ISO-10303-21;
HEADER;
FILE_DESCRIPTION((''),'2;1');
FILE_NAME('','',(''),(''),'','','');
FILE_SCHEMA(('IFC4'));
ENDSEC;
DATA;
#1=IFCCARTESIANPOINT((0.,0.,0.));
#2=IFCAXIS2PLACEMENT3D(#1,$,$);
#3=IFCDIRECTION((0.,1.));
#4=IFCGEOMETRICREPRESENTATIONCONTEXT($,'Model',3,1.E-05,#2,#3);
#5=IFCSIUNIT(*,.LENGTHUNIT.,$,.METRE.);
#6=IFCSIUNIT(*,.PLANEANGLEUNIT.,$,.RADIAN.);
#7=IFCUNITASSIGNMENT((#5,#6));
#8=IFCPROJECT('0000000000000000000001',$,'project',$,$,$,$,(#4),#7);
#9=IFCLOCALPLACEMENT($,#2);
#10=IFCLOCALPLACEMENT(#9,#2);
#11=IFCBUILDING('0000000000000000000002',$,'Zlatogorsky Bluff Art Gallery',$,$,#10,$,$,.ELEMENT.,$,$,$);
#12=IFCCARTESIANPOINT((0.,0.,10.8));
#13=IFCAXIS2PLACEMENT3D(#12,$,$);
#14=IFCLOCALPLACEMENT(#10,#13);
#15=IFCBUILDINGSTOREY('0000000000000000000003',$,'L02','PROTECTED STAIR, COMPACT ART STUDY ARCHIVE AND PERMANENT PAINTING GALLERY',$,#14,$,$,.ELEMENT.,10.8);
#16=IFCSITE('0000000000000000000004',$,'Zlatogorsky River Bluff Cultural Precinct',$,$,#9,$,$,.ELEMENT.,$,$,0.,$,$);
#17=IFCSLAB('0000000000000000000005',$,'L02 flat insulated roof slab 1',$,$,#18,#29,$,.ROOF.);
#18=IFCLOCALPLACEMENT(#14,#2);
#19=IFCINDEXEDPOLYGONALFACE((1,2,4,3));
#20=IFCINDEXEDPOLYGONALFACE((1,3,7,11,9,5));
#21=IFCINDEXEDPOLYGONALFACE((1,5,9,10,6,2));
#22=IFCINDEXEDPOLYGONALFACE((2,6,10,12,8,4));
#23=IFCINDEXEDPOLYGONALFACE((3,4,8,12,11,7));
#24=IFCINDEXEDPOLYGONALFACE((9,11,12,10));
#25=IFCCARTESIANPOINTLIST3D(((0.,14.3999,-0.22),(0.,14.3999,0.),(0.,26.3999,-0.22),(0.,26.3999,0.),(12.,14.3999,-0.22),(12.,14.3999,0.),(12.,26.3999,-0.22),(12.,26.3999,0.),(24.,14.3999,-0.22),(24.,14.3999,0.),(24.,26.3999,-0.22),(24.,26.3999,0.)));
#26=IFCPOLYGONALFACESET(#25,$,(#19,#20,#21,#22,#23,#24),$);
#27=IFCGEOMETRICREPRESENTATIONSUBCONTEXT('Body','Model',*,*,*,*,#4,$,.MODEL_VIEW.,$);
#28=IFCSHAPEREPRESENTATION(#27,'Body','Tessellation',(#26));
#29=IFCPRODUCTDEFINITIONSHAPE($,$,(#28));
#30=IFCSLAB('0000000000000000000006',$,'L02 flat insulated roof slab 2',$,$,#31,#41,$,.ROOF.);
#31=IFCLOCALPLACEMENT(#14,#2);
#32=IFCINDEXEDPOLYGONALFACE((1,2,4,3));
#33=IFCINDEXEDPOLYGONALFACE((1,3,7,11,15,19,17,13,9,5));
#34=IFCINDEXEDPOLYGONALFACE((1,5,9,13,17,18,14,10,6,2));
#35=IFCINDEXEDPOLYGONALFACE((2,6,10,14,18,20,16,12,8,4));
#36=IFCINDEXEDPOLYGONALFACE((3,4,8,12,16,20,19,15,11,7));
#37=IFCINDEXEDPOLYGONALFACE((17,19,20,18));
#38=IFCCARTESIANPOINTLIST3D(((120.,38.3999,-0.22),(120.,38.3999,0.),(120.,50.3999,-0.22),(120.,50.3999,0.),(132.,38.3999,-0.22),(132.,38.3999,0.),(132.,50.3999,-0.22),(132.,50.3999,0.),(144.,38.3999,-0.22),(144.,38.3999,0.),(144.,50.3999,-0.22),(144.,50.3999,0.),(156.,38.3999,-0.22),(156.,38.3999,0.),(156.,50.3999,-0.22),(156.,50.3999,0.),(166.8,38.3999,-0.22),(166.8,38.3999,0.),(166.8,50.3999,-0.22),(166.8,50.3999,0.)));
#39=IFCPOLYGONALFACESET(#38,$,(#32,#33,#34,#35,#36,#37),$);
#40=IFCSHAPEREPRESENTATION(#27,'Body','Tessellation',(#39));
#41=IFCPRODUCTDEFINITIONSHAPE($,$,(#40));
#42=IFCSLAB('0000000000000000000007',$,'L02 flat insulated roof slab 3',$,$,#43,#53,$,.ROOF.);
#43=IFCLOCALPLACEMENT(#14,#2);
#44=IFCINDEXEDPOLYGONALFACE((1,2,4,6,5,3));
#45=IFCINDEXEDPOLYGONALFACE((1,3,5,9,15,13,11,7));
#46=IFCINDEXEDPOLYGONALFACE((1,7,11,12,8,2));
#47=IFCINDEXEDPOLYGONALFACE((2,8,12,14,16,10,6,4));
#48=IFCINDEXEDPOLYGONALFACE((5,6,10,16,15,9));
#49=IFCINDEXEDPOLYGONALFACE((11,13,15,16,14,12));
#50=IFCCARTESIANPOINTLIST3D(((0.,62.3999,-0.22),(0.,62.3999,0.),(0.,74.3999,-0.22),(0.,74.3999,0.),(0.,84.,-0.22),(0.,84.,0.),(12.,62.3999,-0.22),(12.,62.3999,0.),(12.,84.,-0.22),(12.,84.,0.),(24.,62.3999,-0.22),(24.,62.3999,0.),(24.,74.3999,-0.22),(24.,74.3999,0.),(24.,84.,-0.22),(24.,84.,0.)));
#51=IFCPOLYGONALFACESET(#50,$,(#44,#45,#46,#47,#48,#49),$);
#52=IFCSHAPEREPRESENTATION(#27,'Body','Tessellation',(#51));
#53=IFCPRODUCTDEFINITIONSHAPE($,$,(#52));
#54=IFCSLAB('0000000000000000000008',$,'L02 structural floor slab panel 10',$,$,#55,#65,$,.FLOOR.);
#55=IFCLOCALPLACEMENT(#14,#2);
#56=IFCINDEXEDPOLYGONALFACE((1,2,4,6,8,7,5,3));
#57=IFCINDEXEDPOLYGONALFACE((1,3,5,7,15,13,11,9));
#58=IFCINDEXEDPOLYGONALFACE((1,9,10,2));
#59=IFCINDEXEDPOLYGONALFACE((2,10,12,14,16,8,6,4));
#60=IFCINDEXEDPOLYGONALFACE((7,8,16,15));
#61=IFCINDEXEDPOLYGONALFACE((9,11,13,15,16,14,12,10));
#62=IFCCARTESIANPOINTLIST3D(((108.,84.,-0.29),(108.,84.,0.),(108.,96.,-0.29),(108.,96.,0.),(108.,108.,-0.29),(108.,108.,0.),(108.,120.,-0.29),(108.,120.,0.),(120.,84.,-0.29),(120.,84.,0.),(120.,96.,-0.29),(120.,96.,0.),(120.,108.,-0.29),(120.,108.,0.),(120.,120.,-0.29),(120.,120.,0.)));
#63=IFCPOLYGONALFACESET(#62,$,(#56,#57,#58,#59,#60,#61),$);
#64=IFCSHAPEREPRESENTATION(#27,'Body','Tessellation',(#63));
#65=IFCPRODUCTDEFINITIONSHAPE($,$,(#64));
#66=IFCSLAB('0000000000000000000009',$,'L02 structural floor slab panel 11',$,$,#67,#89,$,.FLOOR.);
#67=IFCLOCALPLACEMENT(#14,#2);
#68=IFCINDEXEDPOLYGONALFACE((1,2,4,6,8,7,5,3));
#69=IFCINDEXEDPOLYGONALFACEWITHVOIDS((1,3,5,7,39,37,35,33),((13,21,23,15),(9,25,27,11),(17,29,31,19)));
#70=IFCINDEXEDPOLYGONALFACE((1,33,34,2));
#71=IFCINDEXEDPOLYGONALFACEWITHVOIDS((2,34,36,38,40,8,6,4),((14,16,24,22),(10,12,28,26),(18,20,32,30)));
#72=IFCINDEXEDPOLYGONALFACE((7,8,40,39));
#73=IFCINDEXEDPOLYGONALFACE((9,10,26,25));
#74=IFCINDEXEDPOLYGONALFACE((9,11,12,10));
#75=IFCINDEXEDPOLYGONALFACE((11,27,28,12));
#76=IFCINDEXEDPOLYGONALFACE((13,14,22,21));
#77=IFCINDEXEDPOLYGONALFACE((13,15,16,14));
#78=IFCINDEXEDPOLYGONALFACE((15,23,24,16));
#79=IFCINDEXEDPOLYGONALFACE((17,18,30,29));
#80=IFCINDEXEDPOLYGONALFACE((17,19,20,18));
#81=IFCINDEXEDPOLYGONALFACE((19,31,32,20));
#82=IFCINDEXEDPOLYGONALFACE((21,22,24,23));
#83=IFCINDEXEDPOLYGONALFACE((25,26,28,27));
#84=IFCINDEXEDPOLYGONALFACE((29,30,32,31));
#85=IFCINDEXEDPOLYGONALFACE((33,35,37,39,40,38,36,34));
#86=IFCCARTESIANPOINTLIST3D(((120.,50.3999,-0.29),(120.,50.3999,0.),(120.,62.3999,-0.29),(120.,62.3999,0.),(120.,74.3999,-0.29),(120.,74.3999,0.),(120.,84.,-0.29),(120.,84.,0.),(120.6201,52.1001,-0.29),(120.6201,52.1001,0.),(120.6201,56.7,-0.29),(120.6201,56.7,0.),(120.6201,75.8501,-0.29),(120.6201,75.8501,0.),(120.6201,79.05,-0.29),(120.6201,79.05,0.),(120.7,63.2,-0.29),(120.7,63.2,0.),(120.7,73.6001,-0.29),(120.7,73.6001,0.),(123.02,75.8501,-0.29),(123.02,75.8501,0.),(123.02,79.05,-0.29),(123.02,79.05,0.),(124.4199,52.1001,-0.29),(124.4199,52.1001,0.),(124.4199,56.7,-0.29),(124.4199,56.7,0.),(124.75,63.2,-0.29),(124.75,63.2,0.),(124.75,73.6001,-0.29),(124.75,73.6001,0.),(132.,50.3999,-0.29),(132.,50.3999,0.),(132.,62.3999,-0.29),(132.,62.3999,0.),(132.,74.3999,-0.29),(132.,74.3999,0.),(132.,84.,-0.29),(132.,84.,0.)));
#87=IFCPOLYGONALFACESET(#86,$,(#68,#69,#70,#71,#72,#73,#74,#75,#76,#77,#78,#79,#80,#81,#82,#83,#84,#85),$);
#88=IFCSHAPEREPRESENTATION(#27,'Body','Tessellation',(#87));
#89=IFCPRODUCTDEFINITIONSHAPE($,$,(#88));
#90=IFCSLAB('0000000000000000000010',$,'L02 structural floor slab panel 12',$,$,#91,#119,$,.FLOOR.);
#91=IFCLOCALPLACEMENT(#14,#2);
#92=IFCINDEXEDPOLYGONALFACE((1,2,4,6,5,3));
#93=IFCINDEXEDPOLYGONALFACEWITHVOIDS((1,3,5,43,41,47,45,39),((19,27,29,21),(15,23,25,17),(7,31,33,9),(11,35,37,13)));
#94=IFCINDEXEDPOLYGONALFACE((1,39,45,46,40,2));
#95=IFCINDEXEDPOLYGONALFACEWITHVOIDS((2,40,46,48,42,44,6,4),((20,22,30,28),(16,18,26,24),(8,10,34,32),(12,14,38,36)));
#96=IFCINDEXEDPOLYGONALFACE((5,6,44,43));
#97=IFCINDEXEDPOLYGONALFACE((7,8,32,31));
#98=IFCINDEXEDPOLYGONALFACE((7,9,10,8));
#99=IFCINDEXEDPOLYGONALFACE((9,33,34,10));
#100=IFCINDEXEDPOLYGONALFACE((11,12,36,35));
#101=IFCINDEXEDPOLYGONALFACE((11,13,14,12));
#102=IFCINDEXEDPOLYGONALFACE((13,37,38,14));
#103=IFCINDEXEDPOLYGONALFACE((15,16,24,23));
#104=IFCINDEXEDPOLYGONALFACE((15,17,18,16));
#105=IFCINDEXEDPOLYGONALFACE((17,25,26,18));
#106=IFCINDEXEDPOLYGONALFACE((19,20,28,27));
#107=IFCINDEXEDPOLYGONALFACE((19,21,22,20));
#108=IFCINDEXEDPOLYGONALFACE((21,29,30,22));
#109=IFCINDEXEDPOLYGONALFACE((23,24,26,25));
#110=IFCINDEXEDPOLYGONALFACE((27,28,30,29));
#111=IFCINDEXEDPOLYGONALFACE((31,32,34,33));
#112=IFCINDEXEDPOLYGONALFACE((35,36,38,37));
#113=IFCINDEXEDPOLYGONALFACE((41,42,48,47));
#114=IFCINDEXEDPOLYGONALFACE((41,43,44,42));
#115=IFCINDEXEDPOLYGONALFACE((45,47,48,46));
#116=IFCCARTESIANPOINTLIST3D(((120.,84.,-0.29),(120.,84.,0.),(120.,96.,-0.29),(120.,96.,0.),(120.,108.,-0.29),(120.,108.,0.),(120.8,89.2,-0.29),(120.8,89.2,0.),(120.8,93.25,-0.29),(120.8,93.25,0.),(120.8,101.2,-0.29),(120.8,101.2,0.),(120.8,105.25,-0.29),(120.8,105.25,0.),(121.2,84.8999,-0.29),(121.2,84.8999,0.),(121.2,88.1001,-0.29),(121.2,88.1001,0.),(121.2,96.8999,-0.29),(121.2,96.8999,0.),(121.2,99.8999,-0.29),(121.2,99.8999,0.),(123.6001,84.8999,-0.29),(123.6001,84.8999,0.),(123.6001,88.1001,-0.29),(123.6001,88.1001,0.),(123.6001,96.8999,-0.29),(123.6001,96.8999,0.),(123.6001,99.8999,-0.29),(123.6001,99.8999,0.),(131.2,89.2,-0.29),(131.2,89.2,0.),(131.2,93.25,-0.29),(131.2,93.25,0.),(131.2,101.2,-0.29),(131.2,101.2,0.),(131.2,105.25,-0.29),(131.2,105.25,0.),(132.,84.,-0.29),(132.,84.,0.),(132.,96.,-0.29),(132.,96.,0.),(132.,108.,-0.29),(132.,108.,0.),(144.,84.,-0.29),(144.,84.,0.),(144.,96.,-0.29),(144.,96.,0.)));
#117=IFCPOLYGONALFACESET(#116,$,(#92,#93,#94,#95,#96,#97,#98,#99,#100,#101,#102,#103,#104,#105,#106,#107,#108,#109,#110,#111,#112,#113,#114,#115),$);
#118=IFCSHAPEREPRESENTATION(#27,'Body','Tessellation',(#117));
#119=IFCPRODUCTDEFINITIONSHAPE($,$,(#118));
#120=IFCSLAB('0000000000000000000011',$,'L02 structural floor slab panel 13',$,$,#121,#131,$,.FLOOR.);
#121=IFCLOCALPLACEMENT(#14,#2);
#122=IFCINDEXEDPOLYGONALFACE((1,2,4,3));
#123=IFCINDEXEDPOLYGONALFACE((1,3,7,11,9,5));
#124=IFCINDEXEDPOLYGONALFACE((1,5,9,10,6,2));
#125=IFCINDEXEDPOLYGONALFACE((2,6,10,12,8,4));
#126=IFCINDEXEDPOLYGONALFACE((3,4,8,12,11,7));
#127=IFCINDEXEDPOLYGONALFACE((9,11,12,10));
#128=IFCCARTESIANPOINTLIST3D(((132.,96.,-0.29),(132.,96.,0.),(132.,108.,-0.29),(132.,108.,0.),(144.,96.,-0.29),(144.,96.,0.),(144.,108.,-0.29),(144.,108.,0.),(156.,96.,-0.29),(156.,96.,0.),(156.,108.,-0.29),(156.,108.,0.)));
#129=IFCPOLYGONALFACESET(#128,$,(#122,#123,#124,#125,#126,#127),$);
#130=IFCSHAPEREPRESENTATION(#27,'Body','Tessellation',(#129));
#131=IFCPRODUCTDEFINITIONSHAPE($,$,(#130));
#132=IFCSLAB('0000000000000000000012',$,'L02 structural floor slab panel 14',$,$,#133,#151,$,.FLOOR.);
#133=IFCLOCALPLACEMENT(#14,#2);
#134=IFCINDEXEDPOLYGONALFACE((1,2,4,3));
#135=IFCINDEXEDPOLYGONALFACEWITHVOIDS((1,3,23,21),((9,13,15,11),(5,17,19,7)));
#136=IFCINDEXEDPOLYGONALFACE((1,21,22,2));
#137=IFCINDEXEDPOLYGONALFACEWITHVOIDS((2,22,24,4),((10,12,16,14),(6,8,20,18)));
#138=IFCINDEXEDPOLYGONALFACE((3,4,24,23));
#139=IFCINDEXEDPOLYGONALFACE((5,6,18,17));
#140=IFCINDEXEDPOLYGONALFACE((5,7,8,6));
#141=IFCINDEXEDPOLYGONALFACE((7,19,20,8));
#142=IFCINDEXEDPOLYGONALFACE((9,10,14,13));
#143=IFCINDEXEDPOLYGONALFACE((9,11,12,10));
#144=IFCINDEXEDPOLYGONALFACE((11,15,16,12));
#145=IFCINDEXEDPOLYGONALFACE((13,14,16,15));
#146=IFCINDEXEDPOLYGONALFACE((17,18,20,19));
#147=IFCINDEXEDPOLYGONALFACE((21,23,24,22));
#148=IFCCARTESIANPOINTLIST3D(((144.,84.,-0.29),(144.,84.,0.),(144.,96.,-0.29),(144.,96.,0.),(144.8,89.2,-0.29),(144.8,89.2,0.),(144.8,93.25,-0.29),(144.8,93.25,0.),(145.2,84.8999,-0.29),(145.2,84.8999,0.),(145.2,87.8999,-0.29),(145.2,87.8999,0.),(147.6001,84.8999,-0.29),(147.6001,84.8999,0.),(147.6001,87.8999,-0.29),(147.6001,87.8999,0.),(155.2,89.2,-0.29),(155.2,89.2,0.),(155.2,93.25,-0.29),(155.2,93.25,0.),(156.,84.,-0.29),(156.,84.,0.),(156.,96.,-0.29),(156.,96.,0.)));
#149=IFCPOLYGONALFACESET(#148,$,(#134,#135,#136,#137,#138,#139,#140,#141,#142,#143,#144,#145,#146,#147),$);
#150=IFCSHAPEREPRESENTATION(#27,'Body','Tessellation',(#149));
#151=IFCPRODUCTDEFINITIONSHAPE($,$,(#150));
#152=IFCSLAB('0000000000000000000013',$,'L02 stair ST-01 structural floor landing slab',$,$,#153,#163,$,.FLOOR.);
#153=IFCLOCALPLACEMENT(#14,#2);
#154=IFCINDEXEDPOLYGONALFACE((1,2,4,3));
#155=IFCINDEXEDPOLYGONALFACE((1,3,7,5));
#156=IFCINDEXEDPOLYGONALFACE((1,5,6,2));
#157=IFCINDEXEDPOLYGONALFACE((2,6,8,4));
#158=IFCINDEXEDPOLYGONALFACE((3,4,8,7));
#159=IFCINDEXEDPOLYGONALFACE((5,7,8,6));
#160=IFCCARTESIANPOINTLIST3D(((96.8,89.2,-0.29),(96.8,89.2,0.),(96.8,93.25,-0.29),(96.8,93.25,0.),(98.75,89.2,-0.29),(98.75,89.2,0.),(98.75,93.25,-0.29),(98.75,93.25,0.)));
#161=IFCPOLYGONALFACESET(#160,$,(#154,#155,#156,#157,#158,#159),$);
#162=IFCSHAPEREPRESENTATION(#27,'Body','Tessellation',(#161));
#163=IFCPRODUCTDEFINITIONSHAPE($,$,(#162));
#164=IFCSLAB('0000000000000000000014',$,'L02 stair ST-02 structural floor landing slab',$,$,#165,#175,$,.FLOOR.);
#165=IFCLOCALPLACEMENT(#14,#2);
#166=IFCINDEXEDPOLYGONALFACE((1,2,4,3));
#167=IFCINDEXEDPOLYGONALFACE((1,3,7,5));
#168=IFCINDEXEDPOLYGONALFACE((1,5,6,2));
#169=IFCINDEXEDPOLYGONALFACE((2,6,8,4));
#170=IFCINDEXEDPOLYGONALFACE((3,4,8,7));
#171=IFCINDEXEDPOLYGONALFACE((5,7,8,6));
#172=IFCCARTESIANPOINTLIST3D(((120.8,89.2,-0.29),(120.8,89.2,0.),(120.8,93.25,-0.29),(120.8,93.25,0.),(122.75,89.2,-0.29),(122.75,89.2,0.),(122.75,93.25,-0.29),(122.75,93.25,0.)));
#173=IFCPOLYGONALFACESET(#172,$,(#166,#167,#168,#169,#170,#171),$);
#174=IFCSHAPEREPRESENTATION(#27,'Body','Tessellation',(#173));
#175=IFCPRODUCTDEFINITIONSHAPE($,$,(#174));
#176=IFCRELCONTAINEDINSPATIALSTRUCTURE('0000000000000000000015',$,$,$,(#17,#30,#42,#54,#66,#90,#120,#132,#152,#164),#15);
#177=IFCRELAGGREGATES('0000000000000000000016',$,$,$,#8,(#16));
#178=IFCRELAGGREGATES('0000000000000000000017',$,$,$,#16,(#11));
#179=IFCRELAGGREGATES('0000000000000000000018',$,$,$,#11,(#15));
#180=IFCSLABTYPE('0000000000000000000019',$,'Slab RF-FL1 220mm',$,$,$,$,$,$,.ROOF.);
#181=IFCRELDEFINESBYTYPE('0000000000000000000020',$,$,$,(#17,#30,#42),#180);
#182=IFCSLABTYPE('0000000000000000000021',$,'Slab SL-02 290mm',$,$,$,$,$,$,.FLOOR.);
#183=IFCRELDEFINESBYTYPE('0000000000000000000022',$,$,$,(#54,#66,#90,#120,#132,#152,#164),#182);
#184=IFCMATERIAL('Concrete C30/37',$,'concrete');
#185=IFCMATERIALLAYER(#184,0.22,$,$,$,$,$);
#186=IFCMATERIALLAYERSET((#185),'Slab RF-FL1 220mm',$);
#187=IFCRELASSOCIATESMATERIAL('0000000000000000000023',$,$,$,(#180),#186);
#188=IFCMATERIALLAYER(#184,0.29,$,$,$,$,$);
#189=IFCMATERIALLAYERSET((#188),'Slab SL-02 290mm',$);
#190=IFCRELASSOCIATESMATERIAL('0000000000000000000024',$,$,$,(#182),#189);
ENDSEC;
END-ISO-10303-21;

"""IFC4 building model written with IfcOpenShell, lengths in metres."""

from ifc_helpers import new_model, si_unit, direction, frame, origin, place, context, subcontext, project, spatial, polyline, outline, extrude, material, layer, layer_set, type_object, element, save


model = new_model("IFC4")

# Units and contexts
model_context = context("Model", 3, precision=1e-05, world=origin(), true_north=direction((0.0, 1.0)))
body_context = subcontext(model_context, "Body", "Model", "MODEL_VIEW")
ifc_project = project(units=[si_unit("LENGTHUNIT", "METRE"), si_unit("PLANEANGLEUNIT", "RADIAN")], contexts=[model_context])

# Site, building, storey
site_placement = place(None, origin())
site = spatial("IfcSite", under=ifc_project, at=site_placement, Name="Zlatogorsky River Bluff Cultural Precinct", CompositionType="ELEMENT", RefElevation=0.0)
building_placement = place(site_placement, origin())
building = spatial("IfcBuilding", under=site, at=building_placement, Name="Zlatogorsky Bluff Art Gallery", CompositionType="ELEMENT")
storey_placement = place(building_placement, frame((0.0, 0.0, 10.8)))
storey = spatial("IfcBuildingStorey", under=building, at=storey_placement, Name="L02", Description="PROTECTED STAIR, COMPACT ART STUDY ARCHIVE AND PERMANENT PAINTING GALLERY", CompositionType="ELEMENT", Elevation=10.8)

# Slabs
ifc_material_1 = material(Name="Concrete C30/37", Category="concrete")
ifc_layer_1 = layer(ifc_material_1, 0.22)
ifc_layer_set_1 = layer_set([ifc_layer_1], Name="Slab RF-FL1 220mm")
slab_type_1 = type_object("IfcSlabType", Name="Slab RF-FL1 220mm", PredefinedType="ROOF", material=ifc_layer_set_1)
slab_1_placement = place(storey_placement, frame((0.0, 0.0, -0.22)))
element("IfcSlab", 1, at=slab_1_placement, inside=storey, type_object=slab_type_1, Name="L02 flat insulated roof slab 1", PredefinedType="ROOF", context=body_context, shape_type="SweptSolid", body=[
    extrude(outline(polyline([(12.0, 26.3999), (24.0, 26.3999), (24.0, 14.3999), (12.0, 14.3999), (0.0, 14.3999), (0.0, 26.3999), (12.0, 26.3999)])), origin(), (0.0, 0.0, 1.0), 0.22),
])
slab_2_placement = place(storey_placement, frame((0.0, 0.0, -0.22)))
element("IfcSlab", 2, at=slab_2_placement, inside=storey, type_object=slab_type_1, Name="L02 flat insulated roof slab 2", PredefinedType="ROOF", context=body_context, shape_type="SweptSolid", body=[
    extrude(outline(polyline([(132.0, 50.3999), (144.0, 50.3999), (156.0, 50.3999), (166.8, 50.3999), (166.8, 38.3999), (156.0, 38.3999), (144.0, 38.3999), (132.0, 38.3999), (120.0, 38.3999), (120.0, 50.3999), (132.0, 50.3999)])), origin(), (0.0, 0.0, 1.0), 0.22),
])
slab_3_placement = place(storey_placement, frame((0.0, 0.0, -0.22)))
element("IfcSlab", 3, at=slab_3_placement, inside=storey, type_object=slab_type_1, Name="L02 flat insulated roof slab 3", PredefinedType="ROOF", context=body_context, shape_type="SweptSolid", body=[
    extrude(outline(polyline([(0.0, 84.0), (12.0, 84.0), (24.0, 84.0), (24.0, 74.3999), (24.0, 62.3999), (12.0, 62.3999), (0.0, 62.3999), (0.0, 74.3999), (0.0, 84.0)])), origin(), (0.0, 0.0, 1.0), 0.22),
])
ifc_layer_2 = layer(ifc_material_1, 0.29)
ifc_layer_set_2 = layer_set([ifc_layer_2], Name="Slab SL-02 290mm")
slab_type_2 = type_object("IfcSlabType", Name="Slab SL-02 290mm", PredefinedType="FLOOR", material=ifc_layer_set_2)
slab_4_placement = place(storey_placement, frame((0.0, 0.0, -0.29)))
element("IfcSlab", 4, at=slab_4_placement, inside=storey, type_object=slab_type_2, Name="L02 structural floor slab panel 10", PredefinedType="FLOOR", context=body_context, shape_type="SweptSolid", body=[
    extrude(outline(polyline([(108.0, 84.0), (108.0, 96.0), (108.0, 108.0), (108.0, 120.0), (120.0, 120.0), (120.0, 108.0), (120.0, 96.0), (120.0, 84.0), (108.0, 84.0)])), origin(), (0.0, 0.0, 1.0), 0.29),
])
slab_5_placement = place(storey_placement, frame((0.0, 0.0, -0.29)))
element("IfcSlab", 5, at=slab_5_placement, inside=storey, type_object=slab_type_2, Name="L02 structural floor slab panel 11", PredefinedType="FLOOR", context=body_context, shape_type="SweptSolid", body=[
    extrude(outline(polyline([(120.0, 50.3999), (120.0, 62.3999), (120.0, 74.3999), (120.0, 84.0), (132.0, 84.0), (132.0, 74.3999), (132.0, 62.3999), (132.0, 50.3999), (120.0, 50.3999)]), holes=[polyline([(120.6201, 79.05), (120.6201, 75.8501), (123.02, 75.8501), (123.02, 79.05), (120.6201, 79.05)]), polyline([(124.4199, 56.7), (120.6201, 56.7), (120.6201, 52.1001), (124.4199, 52.1001), (124.4199, 56.7)]), polyline([(124.75, 73.6001), (120.7, 73.6001), (120.7, 63.2), (124.75, 63.2), (124.75, 73.6001)])]), origin(), (0.0, 0.0, 1.0), 0.29),
])
slab_6_placement = place(storey_placement, frame((0.0, 0.0, -0.29)))
element("IfcSlab", 6, at=slab_6_placement, inside=storey, type_object=slab_type_2, Name="L02 structural floor slab panel 12", PredefinedType="FLOOR", context=body_context, shape_type="SweptSolid", body=[
    extrude(outline(polyline([(120.0, 96.0), (120.0, 108.0), (132.0, 108.0), (132.0, 96.0), (144.0, 96.0), (144.0, 84.0), (132.0, 84.0), (120.0, 84.0), (120.0, 96.0)]), holes=[polyline([(123.6001, 88.1001), (121.2, 88.1001), (121.2, 84.8999), (123.6001, 84.8999), (123.6001, 88.1001)]), polyline([(123.6001, 99.8999), (121.2, 99.8999), (121.2, 96.8999), (123.6001, 96.8999), (123.6001, 99.8999)]), polyline([(131.2, 89.2), (131.2, 93.25), (120.8, 93.25), (120.8, 89.2), (131.2, 89.2)]), polyline([(131.2, 101.2), (131.2, 105.25), (120.8, 105.25), (120.8, 101.2), (131.2, 101.2)])]), origin(), (0.0, 0.0, 1.0), 0.29),
])
slab_7_placement = place(storey_placement, frame((0.0, 0.0, -0.29)))
element("IfcSlab", 7, at=slab_7_placement, inside=storey, type_object=slab_type_2, Name="L02 structural floor slab panel 13", PredefinedType="FLOOR", context=body_context, shape_type="SweptSolid", body=[
    extrude(outline(polyline([(132.0, 108.0), (144.0, 108.0), (156.0, 108.0), (156.0, 96.0), (144.0, 96.0), (132.0, 96.0), (132.0, 108.0)])), origin(), (0.0, 0.0, 1.0), 0.29),
])
slab_8_placement = place(storey_placement, frame((0.0, 0.0, -0.29)))
element("IfcSlab", 8, at=slab_8_placement, inside=storey, type_object=slab_type_2, Name="L02 structural floor slab panel 14", PredefinedType="FLOOR", context=body_context, shape_type="SweptSolid", body=[
    extrude(outline(polyline([(144.0, 84.0), (144.0, 96.0), (156.0, 96.0), (156.0, 84.0), (144.0, 84.0)]), holes=[polyline([(147.6001, 87.8999), (145.2, 87.8999), (145.2, 84.8999), (147.6001, 84.8999), (147.6001, 87.8999)]), polyline([(155.2, 89.2), (155.2, 93.25), (144.8, 93.25), (144.8, 89.2), (155.2, 89.2)])]), origin(), (0.0, 0.0, 1.0), 0.29),
])
slab_9_placement = place(storey_placement, frame((0.0, 0.0, -0.29)))
element("IfcSlab", 9, at=slab_9_placement, inside=storey, type_object=slab_type_2, Name="L02 stair ST-01 structural floor landing slab", PredefinedType="FLOOR", context=body_context, shape_type="SweptSolid", body=[
    extrude(outline(polyline([(96.8, 89.2), (98.75, 89.2), (98.75, 93.25), (96.8, 93.25), (96.8, 89.2)])), origin(), (0.0, 0.0, 1.0), 0.29),
])
slab_10_placement = place(storey_placement, frame((0.0, 0.0, -0.29)))
element("IfcSlab", 10, at=slab_10_placement, inside=storey, type_object=slab_type_2, Name="L02 stair ST-02 structural floor landing slab", PredefinedType="FLOOR", context=body_context, shape_type="SweptSolid", body=[
    extrude(outline(polyline([(120.8, 89.2), (122.75, 89.2), (122.75, 93.25), (120.8, 93.25), (120.8, 89.2)])), origin(), (0.0, 0.0, 1.0), 0.29),
])

save(model, "model.ifc")
